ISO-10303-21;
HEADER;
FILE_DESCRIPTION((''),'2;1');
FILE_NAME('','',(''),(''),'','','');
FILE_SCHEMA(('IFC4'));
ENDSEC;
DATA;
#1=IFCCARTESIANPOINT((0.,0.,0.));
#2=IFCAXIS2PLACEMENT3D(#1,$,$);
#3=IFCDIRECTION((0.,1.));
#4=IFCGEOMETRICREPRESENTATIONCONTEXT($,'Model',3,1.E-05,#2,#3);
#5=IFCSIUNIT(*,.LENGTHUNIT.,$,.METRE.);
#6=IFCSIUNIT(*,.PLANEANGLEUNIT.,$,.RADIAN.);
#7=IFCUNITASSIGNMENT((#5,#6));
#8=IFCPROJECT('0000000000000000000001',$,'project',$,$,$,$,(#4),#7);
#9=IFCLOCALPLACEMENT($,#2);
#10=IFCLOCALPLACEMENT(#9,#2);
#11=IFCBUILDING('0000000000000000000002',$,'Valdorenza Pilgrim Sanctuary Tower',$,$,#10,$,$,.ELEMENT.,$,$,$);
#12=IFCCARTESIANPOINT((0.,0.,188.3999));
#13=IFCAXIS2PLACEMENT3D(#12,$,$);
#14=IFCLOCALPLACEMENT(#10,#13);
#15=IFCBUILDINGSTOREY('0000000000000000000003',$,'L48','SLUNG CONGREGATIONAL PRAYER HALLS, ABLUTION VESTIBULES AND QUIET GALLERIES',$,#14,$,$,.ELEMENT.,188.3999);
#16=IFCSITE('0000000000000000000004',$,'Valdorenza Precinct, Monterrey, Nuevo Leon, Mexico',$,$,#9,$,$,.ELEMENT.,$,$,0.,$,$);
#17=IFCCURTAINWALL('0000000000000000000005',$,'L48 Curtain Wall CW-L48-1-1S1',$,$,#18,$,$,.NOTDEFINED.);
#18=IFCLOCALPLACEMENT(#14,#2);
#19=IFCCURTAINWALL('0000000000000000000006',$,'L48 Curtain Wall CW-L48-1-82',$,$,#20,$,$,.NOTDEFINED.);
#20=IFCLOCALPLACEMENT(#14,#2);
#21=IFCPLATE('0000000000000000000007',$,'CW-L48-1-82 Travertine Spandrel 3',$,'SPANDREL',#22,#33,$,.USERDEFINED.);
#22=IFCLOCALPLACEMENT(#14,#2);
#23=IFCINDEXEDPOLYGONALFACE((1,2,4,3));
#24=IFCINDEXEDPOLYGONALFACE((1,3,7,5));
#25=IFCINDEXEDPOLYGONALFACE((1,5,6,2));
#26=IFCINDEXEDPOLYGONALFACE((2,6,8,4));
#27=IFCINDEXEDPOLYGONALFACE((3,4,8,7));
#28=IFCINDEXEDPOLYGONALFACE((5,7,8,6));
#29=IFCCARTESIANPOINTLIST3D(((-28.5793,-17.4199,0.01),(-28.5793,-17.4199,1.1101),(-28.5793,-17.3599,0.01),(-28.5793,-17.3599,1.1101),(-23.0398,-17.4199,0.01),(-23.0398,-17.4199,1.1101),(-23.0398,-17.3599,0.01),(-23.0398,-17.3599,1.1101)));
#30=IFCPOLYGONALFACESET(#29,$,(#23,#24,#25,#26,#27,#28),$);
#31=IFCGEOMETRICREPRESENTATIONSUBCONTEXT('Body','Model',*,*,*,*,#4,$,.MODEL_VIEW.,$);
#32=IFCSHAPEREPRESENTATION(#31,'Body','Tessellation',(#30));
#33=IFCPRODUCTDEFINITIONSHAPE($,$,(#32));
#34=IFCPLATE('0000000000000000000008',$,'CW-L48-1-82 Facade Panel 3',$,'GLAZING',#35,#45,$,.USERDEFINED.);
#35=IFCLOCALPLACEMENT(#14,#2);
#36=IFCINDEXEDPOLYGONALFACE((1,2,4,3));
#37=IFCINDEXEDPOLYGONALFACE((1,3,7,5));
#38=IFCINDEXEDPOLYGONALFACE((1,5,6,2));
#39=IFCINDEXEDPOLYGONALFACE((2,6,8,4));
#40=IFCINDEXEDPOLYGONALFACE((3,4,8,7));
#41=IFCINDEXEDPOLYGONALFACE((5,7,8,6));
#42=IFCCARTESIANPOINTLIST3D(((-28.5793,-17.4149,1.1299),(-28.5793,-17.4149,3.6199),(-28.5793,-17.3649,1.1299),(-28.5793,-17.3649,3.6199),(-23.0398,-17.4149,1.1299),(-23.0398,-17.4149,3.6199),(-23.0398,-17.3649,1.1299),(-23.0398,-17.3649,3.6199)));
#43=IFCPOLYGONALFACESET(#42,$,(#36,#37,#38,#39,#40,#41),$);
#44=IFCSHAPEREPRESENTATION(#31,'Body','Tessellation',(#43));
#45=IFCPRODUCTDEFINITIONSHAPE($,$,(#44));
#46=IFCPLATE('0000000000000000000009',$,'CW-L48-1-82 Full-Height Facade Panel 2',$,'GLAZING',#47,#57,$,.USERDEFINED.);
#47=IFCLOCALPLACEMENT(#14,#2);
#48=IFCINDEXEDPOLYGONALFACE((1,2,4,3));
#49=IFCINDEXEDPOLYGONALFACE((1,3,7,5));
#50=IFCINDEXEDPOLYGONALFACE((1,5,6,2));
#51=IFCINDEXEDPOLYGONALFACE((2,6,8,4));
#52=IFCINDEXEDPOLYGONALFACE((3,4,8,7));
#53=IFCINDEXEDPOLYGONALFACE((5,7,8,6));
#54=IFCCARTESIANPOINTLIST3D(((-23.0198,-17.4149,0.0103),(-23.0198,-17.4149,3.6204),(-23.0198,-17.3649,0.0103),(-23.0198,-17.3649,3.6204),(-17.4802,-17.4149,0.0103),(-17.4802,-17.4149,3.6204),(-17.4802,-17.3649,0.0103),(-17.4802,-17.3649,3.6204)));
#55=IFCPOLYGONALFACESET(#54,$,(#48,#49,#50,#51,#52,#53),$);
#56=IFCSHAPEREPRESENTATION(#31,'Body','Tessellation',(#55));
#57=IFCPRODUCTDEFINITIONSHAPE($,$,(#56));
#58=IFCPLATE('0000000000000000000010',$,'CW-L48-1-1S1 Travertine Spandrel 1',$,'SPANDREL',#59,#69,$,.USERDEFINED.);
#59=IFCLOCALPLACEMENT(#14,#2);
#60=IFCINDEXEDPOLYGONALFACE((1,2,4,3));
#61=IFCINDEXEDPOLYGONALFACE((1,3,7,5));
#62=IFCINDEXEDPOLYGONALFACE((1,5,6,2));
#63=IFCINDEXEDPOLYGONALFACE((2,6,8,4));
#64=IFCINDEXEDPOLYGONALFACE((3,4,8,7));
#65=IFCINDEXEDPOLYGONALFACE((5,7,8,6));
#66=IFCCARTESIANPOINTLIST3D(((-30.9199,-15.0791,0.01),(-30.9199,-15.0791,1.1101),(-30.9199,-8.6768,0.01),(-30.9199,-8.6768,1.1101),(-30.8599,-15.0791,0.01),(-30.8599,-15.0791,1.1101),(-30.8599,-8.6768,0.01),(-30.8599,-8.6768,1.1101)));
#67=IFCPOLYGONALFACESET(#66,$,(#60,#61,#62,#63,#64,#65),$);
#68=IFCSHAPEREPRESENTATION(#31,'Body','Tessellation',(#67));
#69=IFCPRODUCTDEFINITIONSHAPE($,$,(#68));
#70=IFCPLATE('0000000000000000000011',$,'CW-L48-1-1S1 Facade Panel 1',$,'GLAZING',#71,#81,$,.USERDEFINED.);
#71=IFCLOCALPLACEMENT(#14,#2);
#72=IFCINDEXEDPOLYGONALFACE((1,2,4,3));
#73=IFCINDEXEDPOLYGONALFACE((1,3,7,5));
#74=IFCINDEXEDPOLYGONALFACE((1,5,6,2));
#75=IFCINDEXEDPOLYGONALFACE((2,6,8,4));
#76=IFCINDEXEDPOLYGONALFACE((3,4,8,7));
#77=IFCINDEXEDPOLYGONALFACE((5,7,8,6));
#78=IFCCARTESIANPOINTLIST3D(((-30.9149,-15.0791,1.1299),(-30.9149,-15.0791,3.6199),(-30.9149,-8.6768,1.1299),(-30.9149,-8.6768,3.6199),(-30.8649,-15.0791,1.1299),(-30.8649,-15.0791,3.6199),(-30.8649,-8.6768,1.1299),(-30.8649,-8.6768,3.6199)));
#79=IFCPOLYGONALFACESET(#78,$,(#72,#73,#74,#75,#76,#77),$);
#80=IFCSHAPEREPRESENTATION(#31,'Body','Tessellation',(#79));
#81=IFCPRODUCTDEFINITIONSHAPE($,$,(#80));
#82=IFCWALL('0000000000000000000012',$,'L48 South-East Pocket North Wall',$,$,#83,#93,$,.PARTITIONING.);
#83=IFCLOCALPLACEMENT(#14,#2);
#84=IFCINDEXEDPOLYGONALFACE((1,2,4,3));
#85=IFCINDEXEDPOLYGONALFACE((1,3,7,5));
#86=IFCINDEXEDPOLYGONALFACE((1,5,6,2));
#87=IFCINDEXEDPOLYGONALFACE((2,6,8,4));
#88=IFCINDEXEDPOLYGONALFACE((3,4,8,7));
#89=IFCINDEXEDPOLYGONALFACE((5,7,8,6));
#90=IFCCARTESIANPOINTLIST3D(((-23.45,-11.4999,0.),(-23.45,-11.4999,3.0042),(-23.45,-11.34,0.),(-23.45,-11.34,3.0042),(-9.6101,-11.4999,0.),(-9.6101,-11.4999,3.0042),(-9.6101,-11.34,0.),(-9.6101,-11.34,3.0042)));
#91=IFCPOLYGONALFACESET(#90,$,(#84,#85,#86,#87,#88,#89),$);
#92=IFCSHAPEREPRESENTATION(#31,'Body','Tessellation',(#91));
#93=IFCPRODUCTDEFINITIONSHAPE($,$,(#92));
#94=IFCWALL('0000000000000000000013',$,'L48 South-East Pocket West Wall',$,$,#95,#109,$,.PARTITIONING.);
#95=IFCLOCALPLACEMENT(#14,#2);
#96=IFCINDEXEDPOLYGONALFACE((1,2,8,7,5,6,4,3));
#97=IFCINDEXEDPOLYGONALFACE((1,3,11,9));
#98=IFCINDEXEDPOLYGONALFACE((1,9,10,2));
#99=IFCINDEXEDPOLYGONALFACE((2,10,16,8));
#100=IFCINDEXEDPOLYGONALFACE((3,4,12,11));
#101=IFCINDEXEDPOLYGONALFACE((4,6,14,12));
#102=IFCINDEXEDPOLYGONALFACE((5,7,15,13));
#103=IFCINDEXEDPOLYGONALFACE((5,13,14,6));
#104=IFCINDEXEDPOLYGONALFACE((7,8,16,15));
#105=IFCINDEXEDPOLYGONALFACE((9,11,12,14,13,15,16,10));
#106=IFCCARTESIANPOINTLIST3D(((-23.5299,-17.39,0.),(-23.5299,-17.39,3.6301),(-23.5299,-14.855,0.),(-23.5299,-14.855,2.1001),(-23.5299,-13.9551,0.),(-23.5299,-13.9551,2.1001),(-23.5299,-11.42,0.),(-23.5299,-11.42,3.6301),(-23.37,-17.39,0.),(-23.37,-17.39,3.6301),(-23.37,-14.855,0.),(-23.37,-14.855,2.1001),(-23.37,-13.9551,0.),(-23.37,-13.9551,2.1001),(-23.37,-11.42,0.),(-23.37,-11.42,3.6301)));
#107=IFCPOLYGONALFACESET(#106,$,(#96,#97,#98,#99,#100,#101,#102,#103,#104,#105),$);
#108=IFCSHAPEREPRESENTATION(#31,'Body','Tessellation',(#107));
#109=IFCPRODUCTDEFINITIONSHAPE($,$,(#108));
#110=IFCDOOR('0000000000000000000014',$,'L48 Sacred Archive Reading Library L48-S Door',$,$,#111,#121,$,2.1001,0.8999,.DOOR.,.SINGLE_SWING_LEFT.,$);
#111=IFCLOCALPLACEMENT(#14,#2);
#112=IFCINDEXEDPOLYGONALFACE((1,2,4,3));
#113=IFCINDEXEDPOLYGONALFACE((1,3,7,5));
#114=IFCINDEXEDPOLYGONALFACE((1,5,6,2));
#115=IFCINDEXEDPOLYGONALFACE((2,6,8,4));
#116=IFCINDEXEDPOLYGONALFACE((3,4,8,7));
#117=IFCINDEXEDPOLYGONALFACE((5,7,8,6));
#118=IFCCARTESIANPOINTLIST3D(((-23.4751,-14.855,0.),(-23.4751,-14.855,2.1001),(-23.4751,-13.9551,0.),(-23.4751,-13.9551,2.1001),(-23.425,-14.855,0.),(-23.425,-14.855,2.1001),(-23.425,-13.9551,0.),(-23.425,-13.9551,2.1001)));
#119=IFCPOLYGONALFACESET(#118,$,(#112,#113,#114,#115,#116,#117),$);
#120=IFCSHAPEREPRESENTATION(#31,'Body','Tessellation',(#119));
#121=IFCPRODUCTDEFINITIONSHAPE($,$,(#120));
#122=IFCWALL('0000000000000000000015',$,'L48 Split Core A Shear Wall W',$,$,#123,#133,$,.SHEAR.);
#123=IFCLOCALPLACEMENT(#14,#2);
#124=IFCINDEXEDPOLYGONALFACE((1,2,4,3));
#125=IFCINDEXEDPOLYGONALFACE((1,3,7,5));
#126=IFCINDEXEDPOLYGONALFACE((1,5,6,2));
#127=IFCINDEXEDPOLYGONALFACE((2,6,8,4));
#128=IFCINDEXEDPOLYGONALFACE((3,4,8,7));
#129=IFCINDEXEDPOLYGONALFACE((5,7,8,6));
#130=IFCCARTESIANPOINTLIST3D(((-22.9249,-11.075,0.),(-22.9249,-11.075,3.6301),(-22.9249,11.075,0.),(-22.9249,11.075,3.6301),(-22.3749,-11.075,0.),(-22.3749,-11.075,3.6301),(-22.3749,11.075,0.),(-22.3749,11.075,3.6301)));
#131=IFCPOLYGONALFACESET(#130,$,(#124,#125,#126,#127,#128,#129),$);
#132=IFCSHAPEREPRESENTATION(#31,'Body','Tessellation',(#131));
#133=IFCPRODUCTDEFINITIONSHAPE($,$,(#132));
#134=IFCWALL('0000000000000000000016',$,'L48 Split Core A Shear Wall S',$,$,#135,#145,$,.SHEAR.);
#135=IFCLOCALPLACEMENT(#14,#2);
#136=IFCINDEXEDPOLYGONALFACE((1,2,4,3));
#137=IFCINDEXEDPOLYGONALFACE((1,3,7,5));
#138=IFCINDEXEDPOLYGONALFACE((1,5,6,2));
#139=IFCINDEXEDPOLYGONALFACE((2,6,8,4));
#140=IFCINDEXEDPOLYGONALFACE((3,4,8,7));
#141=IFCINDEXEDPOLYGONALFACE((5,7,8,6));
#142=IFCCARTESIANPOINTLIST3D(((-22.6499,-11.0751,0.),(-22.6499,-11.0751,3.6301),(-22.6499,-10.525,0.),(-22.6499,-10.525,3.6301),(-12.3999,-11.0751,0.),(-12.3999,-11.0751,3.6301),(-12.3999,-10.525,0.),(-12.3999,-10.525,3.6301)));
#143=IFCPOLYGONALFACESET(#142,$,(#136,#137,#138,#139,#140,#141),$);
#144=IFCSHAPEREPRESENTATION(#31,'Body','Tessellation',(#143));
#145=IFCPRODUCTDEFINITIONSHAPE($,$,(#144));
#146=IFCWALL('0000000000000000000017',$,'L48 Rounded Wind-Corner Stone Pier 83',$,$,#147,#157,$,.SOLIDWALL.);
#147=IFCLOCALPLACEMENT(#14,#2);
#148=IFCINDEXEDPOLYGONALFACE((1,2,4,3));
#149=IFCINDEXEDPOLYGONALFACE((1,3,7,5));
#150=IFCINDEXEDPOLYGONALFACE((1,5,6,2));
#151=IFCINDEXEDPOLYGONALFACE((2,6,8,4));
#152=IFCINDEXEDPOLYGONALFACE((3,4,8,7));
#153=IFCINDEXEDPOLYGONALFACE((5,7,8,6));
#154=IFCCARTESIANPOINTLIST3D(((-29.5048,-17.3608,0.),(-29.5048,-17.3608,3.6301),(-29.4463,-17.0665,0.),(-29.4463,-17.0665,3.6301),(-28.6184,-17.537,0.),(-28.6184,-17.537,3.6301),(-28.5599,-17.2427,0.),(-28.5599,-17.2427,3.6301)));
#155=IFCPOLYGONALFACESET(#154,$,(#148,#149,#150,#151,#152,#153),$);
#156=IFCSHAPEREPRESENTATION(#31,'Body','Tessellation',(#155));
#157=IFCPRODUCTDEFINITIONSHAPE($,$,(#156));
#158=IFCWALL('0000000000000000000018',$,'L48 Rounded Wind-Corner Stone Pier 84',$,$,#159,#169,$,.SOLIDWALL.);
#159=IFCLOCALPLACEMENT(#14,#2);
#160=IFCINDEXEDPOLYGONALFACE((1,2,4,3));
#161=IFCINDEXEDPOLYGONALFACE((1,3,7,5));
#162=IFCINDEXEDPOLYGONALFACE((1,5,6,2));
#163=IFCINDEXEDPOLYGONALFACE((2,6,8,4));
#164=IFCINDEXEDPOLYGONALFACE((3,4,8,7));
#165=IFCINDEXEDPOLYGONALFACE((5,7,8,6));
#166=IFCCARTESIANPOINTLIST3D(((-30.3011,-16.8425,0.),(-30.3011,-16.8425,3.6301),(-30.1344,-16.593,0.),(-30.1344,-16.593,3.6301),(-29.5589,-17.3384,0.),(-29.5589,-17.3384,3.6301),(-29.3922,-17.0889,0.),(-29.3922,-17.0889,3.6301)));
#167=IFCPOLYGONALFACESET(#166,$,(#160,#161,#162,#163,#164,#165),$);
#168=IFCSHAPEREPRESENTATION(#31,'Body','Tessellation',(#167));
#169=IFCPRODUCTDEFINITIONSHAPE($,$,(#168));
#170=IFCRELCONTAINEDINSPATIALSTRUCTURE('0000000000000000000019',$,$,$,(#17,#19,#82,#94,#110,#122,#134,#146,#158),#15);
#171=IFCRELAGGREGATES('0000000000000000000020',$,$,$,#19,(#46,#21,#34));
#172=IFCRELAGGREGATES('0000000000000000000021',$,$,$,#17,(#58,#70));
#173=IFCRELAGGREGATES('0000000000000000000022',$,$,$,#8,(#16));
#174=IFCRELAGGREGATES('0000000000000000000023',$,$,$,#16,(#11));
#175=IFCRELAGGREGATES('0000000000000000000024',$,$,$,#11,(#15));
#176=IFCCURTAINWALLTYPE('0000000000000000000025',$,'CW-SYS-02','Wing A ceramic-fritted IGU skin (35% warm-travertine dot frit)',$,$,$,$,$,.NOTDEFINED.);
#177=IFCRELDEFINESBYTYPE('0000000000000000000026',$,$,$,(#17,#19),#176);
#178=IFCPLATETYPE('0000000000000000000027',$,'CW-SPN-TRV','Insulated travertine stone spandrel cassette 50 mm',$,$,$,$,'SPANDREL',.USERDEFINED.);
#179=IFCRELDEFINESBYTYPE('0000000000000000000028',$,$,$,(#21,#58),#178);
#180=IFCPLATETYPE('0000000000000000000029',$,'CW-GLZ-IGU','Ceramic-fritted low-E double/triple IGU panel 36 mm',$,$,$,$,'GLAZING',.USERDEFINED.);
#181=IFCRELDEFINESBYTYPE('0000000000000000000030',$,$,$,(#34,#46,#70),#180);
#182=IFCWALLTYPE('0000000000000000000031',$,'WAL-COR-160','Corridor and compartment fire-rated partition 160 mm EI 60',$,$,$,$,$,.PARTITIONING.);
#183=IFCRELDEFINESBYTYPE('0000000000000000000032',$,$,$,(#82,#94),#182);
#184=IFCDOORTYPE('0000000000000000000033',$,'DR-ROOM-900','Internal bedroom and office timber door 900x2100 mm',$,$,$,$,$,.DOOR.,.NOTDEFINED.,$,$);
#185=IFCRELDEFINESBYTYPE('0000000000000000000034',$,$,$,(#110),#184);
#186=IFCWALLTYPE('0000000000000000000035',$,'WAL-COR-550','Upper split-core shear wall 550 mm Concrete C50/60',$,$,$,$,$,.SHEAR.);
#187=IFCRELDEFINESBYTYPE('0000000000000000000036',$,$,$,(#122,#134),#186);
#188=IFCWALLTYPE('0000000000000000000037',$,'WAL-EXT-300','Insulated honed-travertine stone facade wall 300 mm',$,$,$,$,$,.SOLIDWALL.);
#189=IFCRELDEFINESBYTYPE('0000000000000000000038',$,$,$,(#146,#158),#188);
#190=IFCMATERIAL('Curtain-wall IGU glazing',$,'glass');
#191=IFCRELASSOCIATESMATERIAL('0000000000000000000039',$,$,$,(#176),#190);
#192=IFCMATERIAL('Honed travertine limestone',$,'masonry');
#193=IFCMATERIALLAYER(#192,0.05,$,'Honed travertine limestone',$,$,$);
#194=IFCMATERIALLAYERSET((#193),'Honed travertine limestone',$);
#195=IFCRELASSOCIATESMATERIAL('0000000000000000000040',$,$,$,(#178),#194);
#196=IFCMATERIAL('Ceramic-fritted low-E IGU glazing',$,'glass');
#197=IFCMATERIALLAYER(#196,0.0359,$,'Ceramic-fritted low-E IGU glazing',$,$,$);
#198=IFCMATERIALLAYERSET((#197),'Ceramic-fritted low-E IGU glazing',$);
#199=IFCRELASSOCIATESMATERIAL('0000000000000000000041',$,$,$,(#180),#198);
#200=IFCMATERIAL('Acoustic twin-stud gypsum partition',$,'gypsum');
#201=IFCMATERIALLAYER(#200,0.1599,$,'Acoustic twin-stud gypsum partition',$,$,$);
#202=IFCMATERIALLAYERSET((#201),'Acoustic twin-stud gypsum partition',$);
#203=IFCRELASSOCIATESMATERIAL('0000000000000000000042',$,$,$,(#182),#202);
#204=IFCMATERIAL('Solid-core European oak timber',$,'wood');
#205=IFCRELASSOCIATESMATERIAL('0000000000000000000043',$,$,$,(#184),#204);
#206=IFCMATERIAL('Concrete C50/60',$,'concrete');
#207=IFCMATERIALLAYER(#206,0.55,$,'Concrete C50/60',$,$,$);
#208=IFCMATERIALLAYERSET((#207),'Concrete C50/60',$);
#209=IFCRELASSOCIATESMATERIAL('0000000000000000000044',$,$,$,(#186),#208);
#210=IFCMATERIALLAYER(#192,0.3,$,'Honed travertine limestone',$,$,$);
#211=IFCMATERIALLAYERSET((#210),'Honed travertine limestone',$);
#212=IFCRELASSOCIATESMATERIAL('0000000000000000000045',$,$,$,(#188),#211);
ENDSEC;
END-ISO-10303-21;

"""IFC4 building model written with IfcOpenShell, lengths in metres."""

from ifc_helpers import new_model, si_unit, direction, frame, frame_2d, origin, origin_2d, place, context, subcontext, project, spatial, rectangle, extrude, source, transform, mapped, material, layer, layer_set, type_object, element, fill, aggregate, save


model = new_model("IFC4")

# Units and contexts
model_context = context("Model", 3, precision=1e-05, world=origin(), true_north=direction((0.0, 1.0)))
body_context = subcontext(model_context, "Body", "Model", "MODEL_VIEW")
ifc_project = project(units=[si_unit("LENGTHUNIT", "METRE"), si_unit("PLANEANGLEUNIT", "RADIAN")], contexts=[model_context])

# Site, building, storey
site_placement = place(None, origin())
site = spatial("IfcSite", under=ifc_project, at=site_placement, Name="Valdorenza Precinct, Monterrey, Nuevo Leon, Mexico", CompositionType="ELEMENT", RefElevation=0.0)
building_placement = place(site_placement, origin())
building = spatial("IfcBuilding", under=site, at=building_placement, Name="Valdorenza Pilgrim Sanctuary Tower", CompositionType="ELEMENT")
storey_placement = place(building_placement, frame((0.0, 0.0, 188.3999)))
storey = spatial("IfcBuildingStorey", under=building, at=storey_placement, Name="L48", Description="SLUNG CONGREGATIONAL PRAYER HALLS, ABLUTION VESTIBULES AND QUIET GALLERIES", CompositionType="ELEMENT", Elevation=188.3999)

# Shared definitions
ifc_material_1 = material(Name="Concrete C50/60", Category="concrete")

# Curtain wall
ifc_material_2 = material(Name="Curtain-wall IGU glazing", Category="glass")
curtain_wall_type = type_object("IfcCurtainWallType", Name="CW-SYS-02", Description="Wing A ceramic-fritted IGU skin (35% warm-travertine dot frit)", PredefinedType="NOTDEFINED", material=ifc_material_2)
curtain_wall_1_placement = place(storey_placement, origin())
curtain_wall_1 = element("IfcCurtainWall", 1, at=curtain_wall_1_placement, inside=storey, type_object=curtain_wall_type, Name="L48 Curtain Wall CW-L48-1-1S1", PredefinedType="NOTDEFINED")

# Curtain wall
curtain_wall_2_placement = place(storey_placement, origin())
curtain_wall_2 = element("IfcCurtainWall", 2, at=curtain_wall_2_placement, inside=storey, type_object=curtain_wall_type, Name="L48 Curtain Wall CW-L48-1-82", PredefinedType="NOTDEFINED")

# Plates
ifc_material_3 = material(Name="Honed travertine limestone", Category="masonry")
ifc_layer_1 = layer(ifc_material_3, 0.05, Name="Honed travertine limestone")
ifc_layer_set_1 = layer_set([ifc_layer_1], Name="Honed travertine limestone")
plate_type_1 = type_object("IfcPlateType", Name="CW-SPN-TRV", Description="Insulated travertine stone spandrel cassette 50 mm", ElementType="SPANDREL", PredefinedType="USERDEFINED", material=ifc_layer_set_1)
shared_shape_1 = source(origin(), body_context, "Body", "SweptSolid", [
    extrude(rectangle(XDim=5.5396, YDim=0.0601, at=origin_2d()), origin(), (0.0, 0.0, 1.0), 1.1001),
])
plate_1_placement = place(storey_placement, frame((-25.8096, -17.3899, 0.01), z_axis=(0.0, 0.0, 1.0), x_axis=(-1.0, 0.0, 0.0)))
plate_1 = element("IfcPlate", 3, at=plate_1_placement, type_object=plate_type_1, Name="CW-L48-1-82 Travertine Spandrel 3", ObjectType="SPANDREL", PredefinedType="USERDEFINED", context=body_context, shape_type="MappedRepresentation", body=[
    mapped(shared_shape_1, transform((0.0, 0.0, 0.0), x_axis=(1.0, 0.0, 0.0), y_axis=(0.0, 1.0, 0.0), z_axis=(0.0, 0.0, 1.0), scale=1.0)),
])
ifc_material_4 = material(Name="Ceramic-fritted low-E IGU glazing", Category="glass")
ifc_layer_2 = layer(ifc_material_4, 0.0359, Name="Ceramic-fritted low-E IGU glazing")
ifc_layer_set_2 = layer_set([ifc_layer_2], Name="Ceramic-fritted low-E IGU glazing")
plate_type_2 = type_object("IfcPlateType", Name="CW-GLZ-IGU", Description="Ceramic-fritted low-E double/triple IGU panel 36 mm", ElementType="GLAZING", PredefinedType="USERDEFINED", material=ifc_layer_set_2)
shared_shape_2 = source(origin(), body_context, "Body", "SweptSolid", [
    extrude(rectangle(XDim=5.5396, YDim=0.05, at=origin_2d()), origin(), (0.0, 0.0, 1.0), 2.49),
])
plate_2_placement = place(storey_placement, frame((-25.8096, -17.3899, 1.1299), z_axis=(0.0, 0.0, 1.0), x_axis=(-1.0, 0.0, 0.0)))
plate_2 = element("IfcPlate", 4, at=plate_2_placement, type_object=plate_type_2, Name="CW-L48-1-82 Facade Panel 3", ObjectType="GLAZING", PredefinedType="USERDEFINED", context=body_context, shape_type="MappedRepresentation", body=[
    mapped(shared_shape_2, transform((0.0, 0.0, 0.0), x_axis=(1.0, 0.0, 0.0), y_axis=(0.0, 1.0, 0.0), z_axis=(0.0, 0.0, 1.0), scale=1.0)),
])
shared_shape_3 = source(origin(), body_context, "Body", "SweptSolid", [
    extrude(rectangle(XDim=5.5396, YDim=0.05, at=origin_2d()), origin(), (0.0, 0.0, 1.0), 3.6101),
])
plate_3_placement = place(storey_placement, frame((-20.25, -17.3899, 0.0103), z_axis=(0.0, 0.0, 1.0), x_axis=(-1.0, 0.0, 0.0)))
plate_3 = element("IfcPlate", 5, at=plate_3_placement, type_object=plate_type_2, Name="CW-L48-1-82 Full-Height Facade Panel 2", ObjectType="GLAZING", PredefinedType="USERDEFINED", context=body_context, shape_type="MappedRepresentation", body=[
    mapped(shared_shape_3, transform((0.0, 0.0, 0.0), x_axis=(1.0, 0.0, 0.0), y_axis=(0.0, 1.0, 0.0), z_axis=(0.0, 0.0, 1.0), scale=1.0)),
])
aggregate(curtain_wall_2, [plate_3, plate_1, plate_2])
shared_shape_4 = source(origin(), body_context, "Body", "SweptSolid", [
    extrude(rectangle(XDim=6.4023, YDim=0.0601, at=origin_2d()), origin(), (0.0, 0.0, 1.0), 1.1001),
])
plate_4_placement = place(storey_placement, frame((-30.8899, -11.8779, 0.01), z_axis=(0.0, 0.0, 1.0), x_axis=(0.0, 1.0, 0.0)))
plate_4 = element("IfcPlate", 6, at=plate_4_placement, type_object=plate_type_1, Name="CW-L48-1-1S1 Travertine Spandrel 1", ObjectType="SPANDREL", PredefinedType="USERDEFINED", context=body_context, shape_type="MappedRepresentation", body=[
    mapped(shared_shape_4, transform((0.0, 0.0, 0.0), x_axis=(1.0, 0.0, 0.0), y_axis=(0.0, 1.0, 0.0), z_axis=(0.0, 0.0, 1.0), scale=1.0)),
])
shared_shape_5 = source(origin(), body_context, "Body", "SweptSolid", [
    extrude(rectangle(XDim=6.4023, YDim=0.05, at=origin_2d()), origin(), (0.0, 0.0, 1.0), 2.49),
])
plate_5_placement = place(storey_placement, frame((-30.8899, -11.8779, 1.1299), z_axis=(0.0, 0.0, 1.0), x_axis=(0.0, 1.0, 0.0)))
plate_5 = element("IfcPlate", 7, at=plate_5_placement, type_object=plate_type_2, Name="CW-L48-1-1S1 Facade Panel 1", ObjectType="GLAZING", PredefinedType="USERDEFINED", context=body_context, shape_type="MappedRepresentation", body=[
    mapped(shared_shape_5, transform((0.0, 0.0, 0.0), x_axis=(1.0, 0.0, 0.0), y_axis=(0.0, 1.0, 0.0), z_axis=(0.0, 0.0, 1.0), scale=1.0)),
])
aggregate(curtain_wall_1, [plate_4, plate_5])

# Wall
ifc_material_5 = material(Name="Acoustic twin-stud gypsum partition", Category="gypsum")
ifc_layer_3 = layer(ifc_material_5, 0.1599, Name="Acoustic twin-stud gypsum partition")
ifc_layer_set_3 = layer_set([ifc_layer_3], Name="Acoustic twin-stud gypsum partition")
wall_type_1 = type_object("IfcWallType", Name="WAL-COR-160", Description="Corridor and compartment fire-rated partition 160 mm EI 60", PredefinedType="PARTITIONING", material=ifc_layer_set_3)
wall_1_placement = place(storey_placement, frame((-23.45, -11.4199, 0.0), z_axis=(0.0, 0.0, 1.0), x_axis=(1.0, 0.0, 0.0)))
element("IfcWall", 8, at=wall_1_placement, inside=storey, type_object=wall_type_1, Name="L48 South-East Pocket North Wall", PredefinedType="PARTITIONING", context=body_context, shape_type="SweptSolid", body=[
    extrude(rectangle(XDim=13.8398, YDim=0.1599, at=frame_2d((6.9199, 0.0))), origin(), (0.0, 0.0, 1.0), 3.0042),
])

# Wall, opening, door
wall_2_placement = place(storey_placement, frame((-23.45, -17.3899, 0.0), z_axis=(0.0, 0.0, 1.0), x_axis=(0.0, 1.0, 0.0)))
wall_2 = element("IfcWall", 9, at=wall_2_placement, inside=storey, type_object=wall_type_1, Name="L48 South-East Pocket West Wall", PredefinedType="PARTITIONING", context=body_context, shape_type="SweptSolid", body=[
    extrude(rectangle(XDim=5.97, YDim=0.1599, at=frame_2d((2.9849, 0.0))), origin(), (0.0, 0.0, 1.0), 3.6301),
])
opening_placement = place(wall_2_placement, frame((2.5349, 0.0, 0.0)))
opening = element("IfcOpeningElement", 10, at=opening_placement, cuts=wall_2, PredefinedType="OPENING", context=body_context, shape_type="SweptSolid", body=[
    extrude(rectangle(XDim=0.8999, YDim=2.1001, at=frame_2d((0.45, 1.05))), frame((0.0, 0.0947, 0.0), z_axis=(0.0, -1.0, 0.0), x_axis=(1.0, 0.0, 0.0)), (0.0, 0.0, 1.0), 0.1897),
])
ifc_material_6 = material(Name="Solid-core European oak timber", Category="wood")
door_type = type_object("IfcDoorType", Name="DR-ROOM-900", Description="Internal bedroom and office timber door 900x2100 mm", OperationType="NOTDEFINED", PredefinedType="DOOR", material=ifc_material_6)
door_placement = place(opening_placement, frame((0.8999, 0.0, 0.0), z_axis=(0.0, 0.0, 1.0), x_axis=(-1.0, 0.0, 0.0)))
door = element("IfcDoor", 11, at=door_placement, inside=storey, type_object=door_type, Name="L48 Sacred Archive Reading Library L48-S Door", OperationType="SINGLE_SWING_LEFT", OverallHeight=2.1001, OverallWidth=0.8999, PredefinedType="DOOR", context=body_context, shape_type="SweptSolid", body=[
    extrude(rectangle(XDim=0.8999, YDim=2.1001, at=frame_2d((0.45, 1.05))), frame((0.0, 0.0249, 0.0), z_axis=(0.0, -1.0, 0.0), x_axis=(1.0, 0.0, 0.0)), (0.0, 0.0, 1.0), 0.05),
])
fill(opening, door)

# Walls
ifc_layer_4 = layer(ifc_material_1, 0.55, Name="Concrete C50/60")
ifc_layer_set_4 = layer_set([ifc_layer_4], Name="Concrete C50/60")
wall_type_2 = type_object("IfcWallType", Name="WAL-COR-550", Description="Upper split-core shear wall 550 mm Concrete C50/60", PredefinedType="SHEAR", material=ifc_layer_set_4)
wall_3_placement = place(storey_placement, frame((-22.6499, -11.075, 0.0), z_axis=(0.0, 0.0, 1.0), x_axis=(0.0, 1.0, 0.0)))
element("IfcWall", 12, at=wall_3_placement, inside=storey, type_object=wall_type_2, Name="L48 Split Core A Shear Wall W", PredefinedType="SHEAR", context=body_context, shape_type="SweptSolid", body=[
    extrude(rectangle(XDim=22.1499, YDim=0.55, at=frame_2d((11.075, 0.0))), origin(), (0.0, 0.0, 1.0), 3.6301),
])
wall_4_placement = place(storey_placement, frame((-22.6499, -10.8, 0.0), z_axis=(0.0, 0.0, 1.0), x_axis=(1.0, 0.0, 0.0)))
element("IfcWall", 13, at=wall_4_placement, inside=storey, type_object=wall_type_2, Name="L48 Split Core A Shear Wall S", PredefinedType="SHEAR", context=body_context, shape_type="SweptSolid", body=[
    extrude(rectangle(XDim=10.25, YDim=0.55, at=frame_2d((5.125, 0.0))), origin(), (0.0, 0.0, 1.0), 3.6301),
])
ifc_layer_5 = layer(ifc_material_3, 0.3, Name="Honed travertine limestone")
ifc_layer_set_5 = layer_set([ifc_layer_5], Name="Honed travertine limestone")
wall_type_3 = type_object("IfcWallType", Name="WAL-EXT-300", Description="Insulated honed-travertine stone facade wall 300 mm", PredefinedType="SOLIDWALL", material=ifc_layer_set_5)
wall_5_placement = place(storey_placement, frame((-28.5891, -17.3899, 0.0), z_axis=(0.0, 0.0, 1.0), x_axis=(-0.980798, 0.195025, 0.0)))
element("IfcWall", 14, at=wall_5_placement, inside=storey, type_object=wall_type_3, Name="L48 Rounded Wind-Corner Stone Pier 83", PredefinedType="SOLIDWALL", context=body_context, shape_type="SweptSolid", body=[
    extrude(rectangle(XDim=0.9038, YDim=0.3, at=frame_2d((0.4519, 0.0))), origin(), (0.0, 0.0, 1.0), 3.6301),
])
for number, where, z_axis, x_axis, name in (
    (15, (-29.4756, -17.2136, 0.0), (0.0, 0.0, 1.0), (-0.831503, 0.55552, 0.0), "L48 Rounded Wind-Corner Stone Pier 84"),
):
    element("IfcWall", number, at=place(storey_placement, frame(where, z_axis=z_axis, x_axis=x_axis)), inside=storey, type_object=wall_type_3, Name=name, PredefinedType="SOLIDWALL", context=body_context, shape_type="SweptSolid", body=[
        extrude(rectangle(XDim=0.8926, YDim=0.3, at=frame_2d((0.4463, 0.0))), origin(), (0.0, 0.0, 1.0), 3.6301),
    ])

save(model, "model.ifc")
